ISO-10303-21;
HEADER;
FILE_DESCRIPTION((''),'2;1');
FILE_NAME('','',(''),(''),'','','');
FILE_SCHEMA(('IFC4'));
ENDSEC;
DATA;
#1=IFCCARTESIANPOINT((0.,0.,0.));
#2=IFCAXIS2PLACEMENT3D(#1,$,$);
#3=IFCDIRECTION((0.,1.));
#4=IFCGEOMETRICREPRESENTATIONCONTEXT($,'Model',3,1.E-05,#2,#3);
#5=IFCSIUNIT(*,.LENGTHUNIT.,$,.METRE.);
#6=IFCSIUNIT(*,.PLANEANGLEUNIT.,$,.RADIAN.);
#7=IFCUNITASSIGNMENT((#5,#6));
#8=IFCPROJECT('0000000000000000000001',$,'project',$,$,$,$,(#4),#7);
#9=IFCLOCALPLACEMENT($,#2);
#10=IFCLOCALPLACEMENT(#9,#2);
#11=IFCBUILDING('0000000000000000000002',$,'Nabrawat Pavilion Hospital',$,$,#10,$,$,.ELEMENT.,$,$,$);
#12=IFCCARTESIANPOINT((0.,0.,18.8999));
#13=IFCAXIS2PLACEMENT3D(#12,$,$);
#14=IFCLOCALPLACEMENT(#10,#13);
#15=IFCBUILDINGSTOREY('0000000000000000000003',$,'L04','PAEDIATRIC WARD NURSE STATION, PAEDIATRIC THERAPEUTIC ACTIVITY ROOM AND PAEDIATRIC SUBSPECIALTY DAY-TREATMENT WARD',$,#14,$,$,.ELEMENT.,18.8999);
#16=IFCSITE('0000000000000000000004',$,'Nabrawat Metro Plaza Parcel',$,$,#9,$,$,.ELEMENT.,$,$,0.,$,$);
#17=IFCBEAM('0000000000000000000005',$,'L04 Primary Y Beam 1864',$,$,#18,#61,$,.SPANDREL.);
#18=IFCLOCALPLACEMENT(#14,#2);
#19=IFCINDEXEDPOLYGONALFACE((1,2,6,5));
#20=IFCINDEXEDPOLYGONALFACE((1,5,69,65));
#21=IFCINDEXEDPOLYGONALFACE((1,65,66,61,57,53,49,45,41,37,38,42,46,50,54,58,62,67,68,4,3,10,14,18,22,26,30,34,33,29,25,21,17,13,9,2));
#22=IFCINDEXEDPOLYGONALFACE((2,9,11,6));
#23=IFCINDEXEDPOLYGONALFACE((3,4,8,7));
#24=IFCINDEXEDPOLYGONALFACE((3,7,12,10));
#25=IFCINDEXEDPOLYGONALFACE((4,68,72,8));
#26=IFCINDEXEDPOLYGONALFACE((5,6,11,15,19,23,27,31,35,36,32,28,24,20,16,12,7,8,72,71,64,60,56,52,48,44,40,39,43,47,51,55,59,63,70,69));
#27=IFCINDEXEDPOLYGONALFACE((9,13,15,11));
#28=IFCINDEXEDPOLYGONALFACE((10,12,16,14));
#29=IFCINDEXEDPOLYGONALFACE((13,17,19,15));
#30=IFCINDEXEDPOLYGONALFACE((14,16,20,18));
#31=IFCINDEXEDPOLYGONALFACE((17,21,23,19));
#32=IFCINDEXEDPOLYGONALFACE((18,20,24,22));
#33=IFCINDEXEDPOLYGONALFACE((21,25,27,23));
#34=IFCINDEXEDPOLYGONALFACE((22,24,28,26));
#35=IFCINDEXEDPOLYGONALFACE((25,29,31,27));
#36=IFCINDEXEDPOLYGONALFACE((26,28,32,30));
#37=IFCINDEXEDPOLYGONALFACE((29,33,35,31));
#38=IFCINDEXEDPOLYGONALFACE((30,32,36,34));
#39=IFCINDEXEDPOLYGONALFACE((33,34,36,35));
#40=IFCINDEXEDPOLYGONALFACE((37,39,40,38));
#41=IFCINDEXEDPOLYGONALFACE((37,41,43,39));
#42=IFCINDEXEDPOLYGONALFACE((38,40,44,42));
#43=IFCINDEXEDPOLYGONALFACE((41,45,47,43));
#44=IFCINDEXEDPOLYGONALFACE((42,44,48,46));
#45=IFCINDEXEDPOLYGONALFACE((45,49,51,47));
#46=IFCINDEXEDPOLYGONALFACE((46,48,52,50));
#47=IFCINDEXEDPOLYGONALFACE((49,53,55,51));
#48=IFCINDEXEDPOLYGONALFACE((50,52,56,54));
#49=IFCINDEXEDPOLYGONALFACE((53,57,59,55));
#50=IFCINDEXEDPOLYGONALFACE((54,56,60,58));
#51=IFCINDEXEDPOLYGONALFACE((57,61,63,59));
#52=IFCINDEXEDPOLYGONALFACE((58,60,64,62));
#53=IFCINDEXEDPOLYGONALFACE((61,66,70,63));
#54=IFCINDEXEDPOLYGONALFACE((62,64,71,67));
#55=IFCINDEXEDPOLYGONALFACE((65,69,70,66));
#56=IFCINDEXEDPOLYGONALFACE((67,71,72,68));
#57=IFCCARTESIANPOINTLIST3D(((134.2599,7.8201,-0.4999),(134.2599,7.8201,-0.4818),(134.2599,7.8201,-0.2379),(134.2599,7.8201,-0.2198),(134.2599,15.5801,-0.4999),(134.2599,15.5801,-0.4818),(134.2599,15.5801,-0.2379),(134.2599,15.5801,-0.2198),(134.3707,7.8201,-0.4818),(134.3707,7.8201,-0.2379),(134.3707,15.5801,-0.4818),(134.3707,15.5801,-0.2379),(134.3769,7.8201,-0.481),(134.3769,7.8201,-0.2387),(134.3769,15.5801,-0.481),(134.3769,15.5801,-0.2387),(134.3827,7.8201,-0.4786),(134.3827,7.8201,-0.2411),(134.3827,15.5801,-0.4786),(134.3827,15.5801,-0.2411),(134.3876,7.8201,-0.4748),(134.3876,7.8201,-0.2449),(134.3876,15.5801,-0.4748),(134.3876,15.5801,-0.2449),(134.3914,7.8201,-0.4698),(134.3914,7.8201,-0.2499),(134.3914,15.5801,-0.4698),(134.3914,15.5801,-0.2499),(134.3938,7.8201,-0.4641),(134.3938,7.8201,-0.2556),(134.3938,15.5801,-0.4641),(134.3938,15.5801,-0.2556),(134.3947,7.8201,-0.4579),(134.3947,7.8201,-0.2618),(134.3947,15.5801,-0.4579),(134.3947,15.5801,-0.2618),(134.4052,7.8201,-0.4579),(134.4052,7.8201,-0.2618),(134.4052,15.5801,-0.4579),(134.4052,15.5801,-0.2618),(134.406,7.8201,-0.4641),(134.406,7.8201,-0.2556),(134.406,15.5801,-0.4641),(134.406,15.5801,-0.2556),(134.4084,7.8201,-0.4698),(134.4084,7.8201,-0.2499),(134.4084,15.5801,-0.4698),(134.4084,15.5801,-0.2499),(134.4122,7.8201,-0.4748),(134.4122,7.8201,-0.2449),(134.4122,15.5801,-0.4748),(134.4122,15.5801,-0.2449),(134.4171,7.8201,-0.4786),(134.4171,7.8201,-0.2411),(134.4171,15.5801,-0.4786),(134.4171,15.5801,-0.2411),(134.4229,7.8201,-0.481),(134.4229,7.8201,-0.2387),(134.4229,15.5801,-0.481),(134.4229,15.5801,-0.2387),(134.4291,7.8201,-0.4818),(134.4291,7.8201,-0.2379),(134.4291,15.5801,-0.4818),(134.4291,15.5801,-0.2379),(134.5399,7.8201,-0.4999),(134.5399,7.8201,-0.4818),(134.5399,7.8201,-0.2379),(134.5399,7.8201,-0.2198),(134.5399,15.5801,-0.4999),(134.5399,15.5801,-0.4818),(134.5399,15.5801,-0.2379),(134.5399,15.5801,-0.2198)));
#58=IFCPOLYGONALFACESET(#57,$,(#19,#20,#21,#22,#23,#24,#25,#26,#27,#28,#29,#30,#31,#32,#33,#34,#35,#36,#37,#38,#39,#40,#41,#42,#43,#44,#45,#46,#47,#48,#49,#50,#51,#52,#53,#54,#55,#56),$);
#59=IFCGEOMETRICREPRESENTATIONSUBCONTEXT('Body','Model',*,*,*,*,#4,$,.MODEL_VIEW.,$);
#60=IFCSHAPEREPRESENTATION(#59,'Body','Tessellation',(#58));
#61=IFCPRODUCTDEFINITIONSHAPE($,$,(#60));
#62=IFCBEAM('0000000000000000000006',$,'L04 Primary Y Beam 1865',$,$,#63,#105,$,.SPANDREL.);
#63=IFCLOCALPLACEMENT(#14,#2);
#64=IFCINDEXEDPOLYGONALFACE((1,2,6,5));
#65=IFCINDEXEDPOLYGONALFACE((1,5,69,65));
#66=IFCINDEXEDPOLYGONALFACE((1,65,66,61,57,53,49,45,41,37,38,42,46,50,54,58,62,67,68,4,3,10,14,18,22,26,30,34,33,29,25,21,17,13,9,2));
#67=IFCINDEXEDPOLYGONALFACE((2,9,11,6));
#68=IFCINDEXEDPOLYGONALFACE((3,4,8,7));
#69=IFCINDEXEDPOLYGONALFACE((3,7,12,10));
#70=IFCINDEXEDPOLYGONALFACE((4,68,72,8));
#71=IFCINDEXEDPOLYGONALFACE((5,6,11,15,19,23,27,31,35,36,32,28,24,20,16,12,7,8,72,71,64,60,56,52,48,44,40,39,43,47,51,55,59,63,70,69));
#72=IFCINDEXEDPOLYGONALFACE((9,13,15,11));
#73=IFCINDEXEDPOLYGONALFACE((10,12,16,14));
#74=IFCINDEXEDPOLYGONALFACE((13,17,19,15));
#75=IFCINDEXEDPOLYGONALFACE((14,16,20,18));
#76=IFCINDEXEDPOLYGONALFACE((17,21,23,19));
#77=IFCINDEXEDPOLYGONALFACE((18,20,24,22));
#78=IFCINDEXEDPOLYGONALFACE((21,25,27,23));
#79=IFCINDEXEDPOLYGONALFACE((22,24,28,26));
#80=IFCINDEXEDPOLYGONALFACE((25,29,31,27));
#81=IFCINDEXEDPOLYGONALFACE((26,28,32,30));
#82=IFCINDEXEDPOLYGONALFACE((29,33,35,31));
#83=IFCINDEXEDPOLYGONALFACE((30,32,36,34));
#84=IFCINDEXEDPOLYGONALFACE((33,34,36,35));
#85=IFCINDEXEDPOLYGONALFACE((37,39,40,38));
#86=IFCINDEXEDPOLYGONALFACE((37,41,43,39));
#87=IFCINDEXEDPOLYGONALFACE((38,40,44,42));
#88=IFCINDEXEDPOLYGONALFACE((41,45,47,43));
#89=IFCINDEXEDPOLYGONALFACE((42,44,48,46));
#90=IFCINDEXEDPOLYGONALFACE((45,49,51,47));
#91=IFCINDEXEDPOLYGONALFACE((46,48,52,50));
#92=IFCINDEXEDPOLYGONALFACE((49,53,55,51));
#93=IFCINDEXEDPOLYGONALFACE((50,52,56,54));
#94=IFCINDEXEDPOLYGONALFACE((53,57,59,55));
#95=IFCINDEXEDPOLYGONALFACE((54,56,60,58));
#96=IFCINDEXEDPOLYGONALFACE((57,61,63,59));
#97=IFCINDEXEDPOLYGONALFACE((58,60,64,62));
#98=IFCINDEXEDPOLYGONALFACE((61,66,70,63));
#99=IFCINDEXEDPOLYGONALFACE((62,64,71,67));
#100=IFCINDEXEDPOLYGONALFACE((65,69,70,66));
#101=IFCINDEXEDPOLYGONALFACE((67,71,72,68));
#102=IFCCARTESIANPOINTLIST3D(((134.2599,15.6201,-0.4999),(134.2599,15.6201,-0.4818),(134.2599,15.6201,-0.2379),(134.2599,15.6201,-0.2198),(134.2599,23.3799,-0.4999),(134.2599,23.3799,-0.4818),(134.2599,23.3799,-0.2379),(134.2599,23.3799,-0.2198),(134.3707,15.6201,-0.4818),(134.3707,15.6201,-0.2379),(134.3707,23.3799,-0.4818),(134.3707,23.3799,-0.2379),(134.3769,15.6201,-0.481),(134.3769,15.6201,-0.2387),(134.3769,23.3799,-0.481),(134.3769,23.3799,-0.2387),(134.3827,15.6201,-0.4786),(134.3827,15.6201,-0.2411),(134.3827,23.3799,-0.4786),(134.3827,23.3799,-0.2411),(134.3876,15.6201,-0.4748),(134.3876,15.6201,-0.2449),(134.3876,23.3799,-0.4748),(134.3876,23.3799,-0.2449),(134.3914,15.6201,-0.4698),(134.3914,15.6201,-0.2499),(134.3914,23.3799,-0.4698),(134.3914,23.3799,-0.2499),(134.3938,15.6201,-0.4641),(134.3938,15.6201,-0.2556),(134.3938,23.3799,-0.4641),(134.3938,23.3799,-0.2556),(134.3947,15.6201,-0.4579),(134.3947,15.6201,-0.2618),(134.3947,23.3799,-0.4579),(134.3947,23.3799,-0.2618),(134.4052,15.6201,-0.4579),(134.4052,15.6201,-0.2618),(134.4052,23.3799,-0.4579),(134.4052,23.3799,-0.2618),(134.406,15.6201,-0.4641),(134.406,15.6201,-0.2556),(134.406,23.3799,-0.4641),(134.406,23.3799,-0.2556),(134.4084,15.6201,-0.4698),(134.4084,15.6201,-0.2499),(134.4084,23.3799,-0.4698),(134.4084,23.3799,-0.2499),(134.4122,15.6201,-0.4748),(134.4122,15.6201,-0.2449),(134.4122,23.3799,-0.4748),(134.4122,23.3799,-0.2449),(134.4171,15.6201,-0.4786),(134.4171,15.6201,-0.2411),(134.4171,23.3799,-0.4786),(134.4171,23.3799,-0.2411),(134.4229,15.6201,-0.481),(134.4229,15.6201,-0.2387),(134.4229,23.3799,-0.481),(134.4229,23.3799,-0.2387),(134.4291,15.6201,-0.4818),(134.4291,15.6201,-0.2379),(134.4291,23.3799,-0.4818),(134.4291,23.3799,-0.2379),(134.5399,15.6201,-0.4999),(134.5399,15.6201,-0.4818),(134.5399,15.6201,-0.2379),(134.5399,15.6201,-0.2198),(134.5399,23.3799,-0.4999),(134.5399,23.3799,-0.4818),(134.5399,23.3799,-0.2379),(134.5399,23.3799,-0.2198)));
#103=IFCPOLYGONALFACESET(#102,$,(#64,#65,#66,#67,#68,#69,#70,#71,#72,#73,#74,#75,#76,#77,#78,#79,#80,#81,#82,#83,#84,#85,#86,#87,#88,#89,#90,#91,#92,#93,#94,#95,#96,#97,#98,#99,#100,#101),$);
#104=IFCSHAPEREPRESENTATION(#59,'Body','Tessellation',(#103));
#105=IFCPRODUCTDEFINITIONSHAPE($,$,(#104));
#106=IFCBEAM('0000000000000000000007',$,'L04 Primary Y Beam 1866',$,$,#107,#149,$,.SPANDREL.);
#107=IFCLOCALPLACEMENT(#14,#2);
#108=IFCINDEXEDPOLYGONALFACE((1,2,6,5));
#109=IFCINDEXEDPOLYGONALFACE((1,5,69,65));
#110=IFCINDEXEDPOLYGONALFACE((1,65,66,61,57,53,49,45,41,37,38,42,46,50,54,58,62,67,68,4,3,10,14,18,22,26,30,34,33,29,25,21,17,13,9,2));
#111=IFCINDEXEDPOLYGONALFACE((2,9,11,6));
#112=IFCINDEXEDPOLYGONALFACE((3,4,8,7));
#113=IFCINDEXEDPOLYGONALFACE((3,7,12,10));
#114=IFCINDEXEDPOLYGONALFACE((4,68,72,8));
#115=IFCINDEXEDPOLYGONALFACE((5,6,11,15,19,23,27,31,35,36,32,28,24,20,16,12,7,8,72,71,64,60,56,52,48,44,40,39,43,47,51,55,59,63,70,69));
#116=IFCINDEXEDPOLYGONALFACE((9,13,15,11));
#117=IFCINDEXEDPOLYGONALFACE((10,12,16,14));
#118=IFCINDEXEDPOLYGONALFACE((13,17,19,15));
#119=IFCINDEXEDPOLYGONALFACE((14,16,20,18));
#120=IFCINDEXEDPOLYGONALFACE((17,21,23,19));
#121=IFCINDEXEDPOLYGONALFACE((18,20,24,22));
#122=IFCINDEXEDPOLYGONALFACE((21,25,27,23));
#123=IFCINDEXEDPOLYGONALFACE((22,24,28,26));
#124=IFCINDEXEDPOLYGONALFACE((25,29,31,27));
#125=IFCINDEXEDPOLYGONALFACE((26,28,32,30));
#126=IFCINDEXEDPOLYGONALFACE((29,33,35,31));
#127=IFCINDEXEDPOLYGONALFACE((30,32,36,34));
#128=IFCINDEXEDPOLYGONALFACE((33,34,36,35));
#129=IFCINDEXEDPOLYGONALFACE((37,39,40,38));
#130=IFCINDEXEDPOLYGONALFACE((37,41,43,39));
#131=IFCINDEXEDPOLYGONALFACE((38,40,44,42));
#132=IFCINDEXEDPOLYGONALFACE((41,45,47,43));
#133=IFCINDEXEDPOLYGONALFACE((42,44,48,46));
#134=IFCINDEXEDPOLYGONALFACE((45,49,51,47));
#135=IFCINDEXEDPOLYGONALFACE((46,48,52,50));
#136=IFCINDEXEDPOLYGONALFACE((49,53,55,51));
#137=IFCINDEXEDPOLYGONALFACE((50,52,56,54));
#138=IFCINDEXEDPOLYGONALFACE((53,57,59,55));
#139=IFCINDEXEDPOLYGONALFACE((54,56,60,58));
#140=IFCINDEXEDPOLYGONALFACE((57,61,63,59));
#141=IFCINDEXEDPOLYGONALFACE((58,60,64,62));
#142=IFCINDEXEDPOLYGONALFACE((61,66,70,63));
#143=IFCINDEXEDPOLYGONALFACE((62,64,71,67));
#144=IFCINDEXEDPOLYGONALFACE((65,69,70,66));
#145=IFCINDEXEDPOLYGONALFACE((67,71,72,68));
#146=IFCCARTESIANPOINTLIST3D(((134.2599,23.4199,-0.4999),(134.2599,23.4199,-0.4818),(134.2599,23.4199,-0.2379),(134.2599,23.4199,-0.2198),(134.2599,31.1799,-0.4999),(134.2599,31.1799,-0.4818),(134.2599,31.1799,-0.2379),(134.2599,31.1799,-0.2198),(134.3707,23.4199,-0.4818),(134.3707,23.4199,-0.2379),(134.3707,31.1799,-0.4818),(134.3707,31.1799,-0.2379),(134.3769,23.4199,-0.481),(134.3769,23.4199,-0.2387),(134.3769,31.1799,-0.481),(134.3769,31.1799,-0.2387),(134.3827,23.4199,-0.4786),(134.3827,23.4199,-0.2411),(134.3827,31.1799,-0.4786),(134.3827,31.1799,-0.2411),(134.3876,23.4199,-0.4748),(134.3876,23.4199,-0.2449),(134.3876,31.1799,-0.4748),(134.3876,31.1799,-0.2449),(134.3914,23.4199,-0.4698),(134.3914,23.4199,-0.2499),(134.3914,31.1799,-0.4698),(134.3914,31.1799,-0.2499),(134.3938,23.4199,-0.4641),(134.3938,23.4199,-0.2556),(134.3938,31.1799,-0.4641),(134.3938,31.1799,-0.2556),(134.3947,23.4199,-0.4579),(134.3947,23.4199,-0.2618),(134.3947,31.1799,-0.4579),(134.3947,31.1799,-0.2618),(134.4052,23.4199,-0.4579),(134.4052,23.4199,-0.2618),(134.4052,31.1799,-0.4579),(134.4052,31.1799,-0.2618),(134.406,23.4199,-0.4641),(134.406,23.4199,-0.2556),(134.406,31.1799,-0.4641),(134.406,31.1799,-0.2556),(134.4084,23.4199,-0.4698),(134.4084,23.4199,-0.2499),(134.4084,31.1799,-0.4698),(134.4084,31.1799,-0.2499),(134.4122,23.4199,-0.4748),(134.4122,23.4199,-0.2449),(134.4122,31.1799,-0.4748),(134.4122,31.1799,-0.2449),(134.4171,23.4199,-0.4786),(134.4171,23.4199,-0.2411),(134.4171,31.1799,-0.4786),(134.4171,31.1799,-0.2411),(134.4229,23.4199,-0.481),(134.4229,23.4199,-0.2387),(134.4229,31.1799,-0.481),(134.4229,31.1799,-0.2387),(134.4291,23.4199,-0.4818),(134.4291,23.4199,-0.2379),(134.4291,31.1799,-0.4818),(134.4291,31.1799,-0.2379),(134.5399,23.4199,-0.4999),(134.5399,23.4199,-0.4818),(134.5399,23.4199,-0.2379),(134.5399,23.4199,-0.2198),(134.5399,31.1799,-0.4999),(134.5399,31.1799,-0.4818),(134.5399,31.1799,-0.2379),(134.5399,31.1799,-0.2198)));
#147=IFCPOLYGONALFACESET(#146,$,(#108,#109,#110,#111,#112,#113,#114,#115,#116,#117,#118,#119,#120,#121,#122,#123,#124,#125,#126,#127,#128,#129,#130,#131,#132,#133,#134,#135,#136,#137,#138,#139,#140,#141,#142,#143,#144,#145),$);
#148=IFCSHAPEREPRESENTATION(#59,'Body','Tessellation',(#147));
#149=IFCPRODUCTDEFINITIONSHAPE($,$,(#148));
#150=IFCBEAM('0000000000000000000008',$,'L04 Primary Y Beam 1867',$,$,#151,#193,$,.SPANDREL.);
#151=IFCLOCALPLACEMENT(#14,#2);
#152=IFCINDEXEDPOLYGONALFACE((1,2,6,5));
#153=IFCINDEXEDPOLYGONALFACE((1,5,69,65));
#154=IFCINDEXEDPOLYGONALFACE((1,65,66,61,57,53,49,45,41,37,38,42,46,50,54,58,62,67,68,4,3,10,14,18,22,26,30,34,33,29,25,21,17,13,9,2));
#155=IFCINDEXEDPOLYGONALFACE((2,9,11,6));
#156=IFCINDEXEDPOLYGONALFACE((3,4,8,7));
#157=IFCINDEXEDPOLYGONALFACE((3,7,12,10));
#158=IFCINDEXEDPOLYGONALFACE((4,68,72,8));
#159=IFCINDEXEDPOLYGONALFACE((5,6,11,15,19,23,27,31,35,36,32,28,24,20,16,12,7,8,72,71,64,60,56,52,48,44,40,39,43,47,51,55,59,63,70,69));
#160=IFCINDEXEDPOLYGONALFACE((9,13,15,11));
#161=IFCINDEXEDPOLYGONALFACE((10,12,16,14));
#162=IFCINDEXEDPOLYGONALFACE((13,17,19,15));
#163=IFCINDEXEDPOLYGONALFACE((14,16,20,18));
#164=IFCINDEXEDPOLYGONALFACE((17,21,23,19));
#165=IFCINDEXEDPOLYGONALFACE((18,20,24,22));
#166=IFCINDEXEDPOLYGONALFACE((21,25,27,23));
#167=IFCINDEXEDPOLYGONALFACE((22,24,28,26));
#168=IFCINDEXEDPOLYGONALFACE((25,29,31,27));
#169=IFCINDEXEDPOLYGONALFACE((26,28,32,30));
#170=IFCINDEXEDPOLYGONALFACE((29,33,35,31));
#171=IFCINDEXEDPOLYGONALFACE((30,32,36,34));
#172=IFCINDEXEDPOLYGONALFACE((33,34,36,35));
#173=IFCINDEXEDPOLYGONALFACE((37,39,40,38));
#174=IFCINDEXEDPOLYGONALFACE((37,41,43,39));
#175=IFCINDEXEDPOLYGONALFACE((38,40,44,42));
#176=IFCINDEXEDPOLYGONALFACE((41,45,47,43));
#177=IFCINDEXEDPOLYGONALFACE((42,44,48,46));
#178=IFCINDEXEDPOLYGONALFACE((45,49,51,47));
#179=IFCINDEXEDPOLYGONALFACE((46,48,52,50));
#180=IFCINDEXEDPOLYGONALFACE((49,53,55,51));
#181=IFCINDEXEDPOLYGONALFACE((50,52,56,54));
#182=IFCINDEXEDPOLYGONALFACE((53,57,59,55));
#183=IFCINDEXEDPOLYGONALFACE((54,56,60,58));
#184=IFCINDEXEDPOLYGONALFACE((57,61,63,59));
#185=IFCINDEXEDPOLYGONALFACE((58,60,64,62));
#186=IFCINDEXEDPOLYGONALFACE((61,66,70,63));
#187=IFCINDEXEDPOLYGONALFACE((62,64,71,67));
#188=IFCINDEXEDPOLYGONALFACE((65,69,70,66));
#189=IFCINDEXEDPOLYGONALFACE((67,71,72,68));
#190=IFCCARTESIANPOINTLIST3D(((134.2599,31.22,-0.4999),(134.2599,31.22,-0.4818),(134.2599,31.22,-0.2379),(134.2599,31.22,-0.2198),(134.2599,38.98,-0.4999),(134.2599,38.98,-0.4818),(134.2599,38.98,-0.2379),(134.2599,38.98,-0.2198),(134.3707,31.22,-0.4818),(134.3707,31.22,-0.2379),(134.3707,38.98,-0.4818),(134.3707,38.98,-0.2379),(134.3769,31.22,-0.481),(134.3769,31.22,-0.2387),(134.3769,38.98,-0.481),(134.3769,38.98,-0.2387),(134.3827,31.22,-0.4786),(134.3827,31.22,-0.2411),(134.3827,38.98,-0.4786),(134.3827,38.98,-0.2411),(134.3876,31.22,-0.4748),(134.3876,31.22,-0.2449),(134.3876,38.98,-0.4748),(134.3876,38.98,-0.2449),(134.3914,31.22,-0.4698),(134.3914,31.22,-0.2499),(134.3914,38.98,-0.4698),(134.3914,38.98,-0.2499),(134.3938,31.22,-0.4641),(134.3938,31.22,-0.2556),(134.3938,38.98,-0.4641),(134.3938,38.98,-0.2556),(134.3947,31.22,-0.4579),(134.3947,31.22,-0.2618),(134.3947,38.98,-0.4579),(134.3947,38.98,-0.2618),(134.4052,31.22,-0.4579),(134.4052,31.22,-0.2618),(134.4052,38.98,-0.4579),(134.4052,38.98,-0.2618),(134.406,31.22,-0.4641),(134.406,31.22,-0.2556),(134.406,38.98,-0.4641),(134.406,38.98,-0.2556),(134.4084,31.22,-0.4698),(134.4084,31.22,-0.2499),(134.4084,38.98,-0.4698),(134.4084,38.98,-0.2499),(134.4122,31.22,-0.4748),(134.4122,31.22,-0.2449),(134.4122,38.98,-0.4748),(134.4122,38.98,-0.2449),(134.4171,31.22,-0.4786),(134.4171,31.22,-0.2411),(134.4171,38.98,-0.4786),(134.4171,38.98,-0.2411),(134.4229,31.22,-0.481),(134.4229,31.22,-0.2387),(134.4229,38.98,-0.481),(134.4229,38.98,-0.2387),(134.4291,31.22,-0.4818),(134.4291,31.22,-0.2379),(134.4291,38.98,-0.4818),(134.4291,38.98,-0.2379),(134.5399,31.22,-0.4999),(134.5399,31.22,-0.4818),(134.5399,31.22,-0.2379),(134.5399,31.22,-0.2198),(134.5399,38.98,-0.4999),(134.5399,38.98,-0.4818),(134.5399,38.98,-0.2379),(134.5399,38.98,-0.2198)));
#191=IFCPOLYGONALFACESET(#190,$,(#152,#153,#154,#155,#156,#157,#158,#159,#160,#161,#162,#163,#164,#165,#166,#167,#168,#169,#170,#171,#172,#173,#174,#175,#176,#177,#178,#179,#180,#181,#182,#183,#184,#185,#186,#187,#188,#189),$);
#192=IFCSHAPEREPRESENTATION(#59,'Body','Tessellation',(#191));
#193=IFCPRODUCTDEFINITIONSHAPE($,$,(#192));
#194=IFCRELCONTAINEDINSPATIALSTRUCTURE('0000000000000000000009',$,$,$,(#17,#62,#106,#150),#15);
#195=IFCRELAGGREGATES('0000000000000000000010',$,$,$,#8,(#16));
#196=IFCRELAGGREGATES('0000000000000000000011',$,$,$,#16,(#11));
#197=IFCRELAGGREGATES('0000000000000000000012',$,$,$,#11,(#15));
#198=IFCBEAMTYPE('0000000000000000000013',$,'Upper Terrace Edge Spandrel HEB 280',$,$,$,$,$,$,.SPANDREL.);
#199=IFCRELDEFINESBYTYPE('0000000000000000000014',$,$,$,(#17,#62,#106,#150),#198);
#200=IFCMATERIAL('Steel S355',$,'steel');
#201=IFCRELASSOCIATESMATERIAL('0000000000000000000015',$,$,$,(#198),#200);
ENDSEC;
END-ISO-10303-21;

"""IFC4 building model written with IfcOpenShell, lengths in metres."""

from ifc_helpers import new_model, si_unit, direction, frame, origin, origin_2d, place, context, subcontext, project, spatial, i_section, extrude, material, material_profile, profile_set, type_object, element, save


model = new_model("IFC4")

# Units and contexts
model_context = context("Model", 3, precision=1e-05, world=origin(), true_north=direction((0.0, 1.0)))
body_context = subcontext(model_context, "Body", "Model", "MODEL_VIEW")
ifc_project = project(units=[si_unit("LENGTHUNIT", "METRE"), si_unit("PLANEANGLEUNIT", "RADIAN")], contexts=[model_context])

# Site, building, storey
site_placement = place(None, origin())
site = spatial("IfcSite", under=ifc_project, at=site_placement, Name="Nabrawat Metro Plaza Parcel", CompositionType="ELEMENT", RefElevation=0.0)
building_placement = place(site_placement, origin())
building = spatial("IfcBuilding", under=site, at=building_placement, Name="Nabrawat Pavilion Hospital", CompositionType="ELEMENT")
storey_placement = place(building_placement, frame((0.0, 0.0, 18.8999)))
storey = spatial("IfcBuildingStorey", under=building, at=storey_placement, Name="L04", Description="PAEDIATRIC WARD NURSE STATION, PAEDIATRIC THERAPEUTIC ACTIVITY ROOM AND PAEDIATRIC SUBSPECIALTY DAY-TREATMENT WARD", CompositionType="ELEMENT", Elevation=18.8999)

# Beams
ifc_material_1 = material(Name="Steel S355", Category="steel")
ifc_material_profile_1 = material_profile(ifc_material_1, i_section(OverallWidth=0.28, OverallDepth=0.28, WebThickness=0.0105, FlangeThickness=0.0181, FilletRadius=0.0239, at=origin_2d()), Name="HEB 280")
ifc_profile_set_1 = profile_set([ifc_material_profile_1], Name="Steel S355")
beam_type_1 = type_object("IfcBeamType", Name="Upper Terrace Edge Spandrel HEB 280", PredefinedType="SPANDREL", material=ifc_profile_set_1)
for number, where, z_axis, x_axis, name in (
    (1, (134.3999, 7.8201, -0.3599), (0.0, 1.0, 0.0), (-1.0, 0.0, 0.0), "L04 Primary Y Beam 1864"),
):
    element("IfcBeam", number, at=place(storey_placement, frame(where, z_axis=z_axis, x_axis=x_axis)), inside=storey, type_object=beam_type_1, Name=name, PredefinedType="SPANDREL", context=body_context, shape_type="SweptSolid", body=[
        extrude(i_section(OverallWidth=0.28, OverallDepth=0.28, WebThickness=0.0105, FlangeThickness=0.0181, FilletRadius=0.0239, at=origin_2d()), origin(), (0.0, 0.0, 1.0), 7.76),
    ])
beam_1_placement = place(storey_placement, frame((134.3999, 15.6201, -0.3599), z_axis=(0.0, 1.0, 0.0), x_axis=(-1.0, 0.0, 0.0)))
element("IfcBeam", 2, at=beam_1_placement, inside=storey, type_object=beam_type_1, Name="L04 Primary Y Beam 1865", PredefinedType="SPANDREL", context=body_context, shape_type="SweptSolid", body=[
    extrude(i_section(OverallWidth=0.28, OverallDepth=0.28, WebThickness=0.0105, FlangeThickness=0.0181, FilletRadius=0.0239, at=origin_2d()), origin(), (0.0, 0.0, 1.0), 7.7598),
])
for number, where, z_axis, x_axis, name in (
    (3, (134.3999, 23.4199, -0.3599), (0.0, 1.0, 0.0), (-1.0, 0.0, 0.0), "L04 Primary Y Beam 1866"),
    (4, (134.3999, 31.22, -0.3599), (0.0, 1.0, 0.0), (-1.0, 0.0, 0.0), "L04 Primary Y Beam 1867"),
):
    element("IfcBeam", number, at=place(storey_placement, frame(where, z_axis=z_axis, x_axis=x_axis)), inside=storey, type_object=beam_type_1, Name=name, PredefinedType="SPANDREL", context=body_context, shape_type="SweptSolid", body=[
        extrude(i_section(OverallWidth=0.28, OverallDepth=0.28, WebThickness=0.0105, FlangeThickness=0.0181, FilletRadius=0.0239, at=origin_2d()), origin(), (0.0, 0.0, 1.0), 7.76),
    ])

save(model, "model.ifc")
